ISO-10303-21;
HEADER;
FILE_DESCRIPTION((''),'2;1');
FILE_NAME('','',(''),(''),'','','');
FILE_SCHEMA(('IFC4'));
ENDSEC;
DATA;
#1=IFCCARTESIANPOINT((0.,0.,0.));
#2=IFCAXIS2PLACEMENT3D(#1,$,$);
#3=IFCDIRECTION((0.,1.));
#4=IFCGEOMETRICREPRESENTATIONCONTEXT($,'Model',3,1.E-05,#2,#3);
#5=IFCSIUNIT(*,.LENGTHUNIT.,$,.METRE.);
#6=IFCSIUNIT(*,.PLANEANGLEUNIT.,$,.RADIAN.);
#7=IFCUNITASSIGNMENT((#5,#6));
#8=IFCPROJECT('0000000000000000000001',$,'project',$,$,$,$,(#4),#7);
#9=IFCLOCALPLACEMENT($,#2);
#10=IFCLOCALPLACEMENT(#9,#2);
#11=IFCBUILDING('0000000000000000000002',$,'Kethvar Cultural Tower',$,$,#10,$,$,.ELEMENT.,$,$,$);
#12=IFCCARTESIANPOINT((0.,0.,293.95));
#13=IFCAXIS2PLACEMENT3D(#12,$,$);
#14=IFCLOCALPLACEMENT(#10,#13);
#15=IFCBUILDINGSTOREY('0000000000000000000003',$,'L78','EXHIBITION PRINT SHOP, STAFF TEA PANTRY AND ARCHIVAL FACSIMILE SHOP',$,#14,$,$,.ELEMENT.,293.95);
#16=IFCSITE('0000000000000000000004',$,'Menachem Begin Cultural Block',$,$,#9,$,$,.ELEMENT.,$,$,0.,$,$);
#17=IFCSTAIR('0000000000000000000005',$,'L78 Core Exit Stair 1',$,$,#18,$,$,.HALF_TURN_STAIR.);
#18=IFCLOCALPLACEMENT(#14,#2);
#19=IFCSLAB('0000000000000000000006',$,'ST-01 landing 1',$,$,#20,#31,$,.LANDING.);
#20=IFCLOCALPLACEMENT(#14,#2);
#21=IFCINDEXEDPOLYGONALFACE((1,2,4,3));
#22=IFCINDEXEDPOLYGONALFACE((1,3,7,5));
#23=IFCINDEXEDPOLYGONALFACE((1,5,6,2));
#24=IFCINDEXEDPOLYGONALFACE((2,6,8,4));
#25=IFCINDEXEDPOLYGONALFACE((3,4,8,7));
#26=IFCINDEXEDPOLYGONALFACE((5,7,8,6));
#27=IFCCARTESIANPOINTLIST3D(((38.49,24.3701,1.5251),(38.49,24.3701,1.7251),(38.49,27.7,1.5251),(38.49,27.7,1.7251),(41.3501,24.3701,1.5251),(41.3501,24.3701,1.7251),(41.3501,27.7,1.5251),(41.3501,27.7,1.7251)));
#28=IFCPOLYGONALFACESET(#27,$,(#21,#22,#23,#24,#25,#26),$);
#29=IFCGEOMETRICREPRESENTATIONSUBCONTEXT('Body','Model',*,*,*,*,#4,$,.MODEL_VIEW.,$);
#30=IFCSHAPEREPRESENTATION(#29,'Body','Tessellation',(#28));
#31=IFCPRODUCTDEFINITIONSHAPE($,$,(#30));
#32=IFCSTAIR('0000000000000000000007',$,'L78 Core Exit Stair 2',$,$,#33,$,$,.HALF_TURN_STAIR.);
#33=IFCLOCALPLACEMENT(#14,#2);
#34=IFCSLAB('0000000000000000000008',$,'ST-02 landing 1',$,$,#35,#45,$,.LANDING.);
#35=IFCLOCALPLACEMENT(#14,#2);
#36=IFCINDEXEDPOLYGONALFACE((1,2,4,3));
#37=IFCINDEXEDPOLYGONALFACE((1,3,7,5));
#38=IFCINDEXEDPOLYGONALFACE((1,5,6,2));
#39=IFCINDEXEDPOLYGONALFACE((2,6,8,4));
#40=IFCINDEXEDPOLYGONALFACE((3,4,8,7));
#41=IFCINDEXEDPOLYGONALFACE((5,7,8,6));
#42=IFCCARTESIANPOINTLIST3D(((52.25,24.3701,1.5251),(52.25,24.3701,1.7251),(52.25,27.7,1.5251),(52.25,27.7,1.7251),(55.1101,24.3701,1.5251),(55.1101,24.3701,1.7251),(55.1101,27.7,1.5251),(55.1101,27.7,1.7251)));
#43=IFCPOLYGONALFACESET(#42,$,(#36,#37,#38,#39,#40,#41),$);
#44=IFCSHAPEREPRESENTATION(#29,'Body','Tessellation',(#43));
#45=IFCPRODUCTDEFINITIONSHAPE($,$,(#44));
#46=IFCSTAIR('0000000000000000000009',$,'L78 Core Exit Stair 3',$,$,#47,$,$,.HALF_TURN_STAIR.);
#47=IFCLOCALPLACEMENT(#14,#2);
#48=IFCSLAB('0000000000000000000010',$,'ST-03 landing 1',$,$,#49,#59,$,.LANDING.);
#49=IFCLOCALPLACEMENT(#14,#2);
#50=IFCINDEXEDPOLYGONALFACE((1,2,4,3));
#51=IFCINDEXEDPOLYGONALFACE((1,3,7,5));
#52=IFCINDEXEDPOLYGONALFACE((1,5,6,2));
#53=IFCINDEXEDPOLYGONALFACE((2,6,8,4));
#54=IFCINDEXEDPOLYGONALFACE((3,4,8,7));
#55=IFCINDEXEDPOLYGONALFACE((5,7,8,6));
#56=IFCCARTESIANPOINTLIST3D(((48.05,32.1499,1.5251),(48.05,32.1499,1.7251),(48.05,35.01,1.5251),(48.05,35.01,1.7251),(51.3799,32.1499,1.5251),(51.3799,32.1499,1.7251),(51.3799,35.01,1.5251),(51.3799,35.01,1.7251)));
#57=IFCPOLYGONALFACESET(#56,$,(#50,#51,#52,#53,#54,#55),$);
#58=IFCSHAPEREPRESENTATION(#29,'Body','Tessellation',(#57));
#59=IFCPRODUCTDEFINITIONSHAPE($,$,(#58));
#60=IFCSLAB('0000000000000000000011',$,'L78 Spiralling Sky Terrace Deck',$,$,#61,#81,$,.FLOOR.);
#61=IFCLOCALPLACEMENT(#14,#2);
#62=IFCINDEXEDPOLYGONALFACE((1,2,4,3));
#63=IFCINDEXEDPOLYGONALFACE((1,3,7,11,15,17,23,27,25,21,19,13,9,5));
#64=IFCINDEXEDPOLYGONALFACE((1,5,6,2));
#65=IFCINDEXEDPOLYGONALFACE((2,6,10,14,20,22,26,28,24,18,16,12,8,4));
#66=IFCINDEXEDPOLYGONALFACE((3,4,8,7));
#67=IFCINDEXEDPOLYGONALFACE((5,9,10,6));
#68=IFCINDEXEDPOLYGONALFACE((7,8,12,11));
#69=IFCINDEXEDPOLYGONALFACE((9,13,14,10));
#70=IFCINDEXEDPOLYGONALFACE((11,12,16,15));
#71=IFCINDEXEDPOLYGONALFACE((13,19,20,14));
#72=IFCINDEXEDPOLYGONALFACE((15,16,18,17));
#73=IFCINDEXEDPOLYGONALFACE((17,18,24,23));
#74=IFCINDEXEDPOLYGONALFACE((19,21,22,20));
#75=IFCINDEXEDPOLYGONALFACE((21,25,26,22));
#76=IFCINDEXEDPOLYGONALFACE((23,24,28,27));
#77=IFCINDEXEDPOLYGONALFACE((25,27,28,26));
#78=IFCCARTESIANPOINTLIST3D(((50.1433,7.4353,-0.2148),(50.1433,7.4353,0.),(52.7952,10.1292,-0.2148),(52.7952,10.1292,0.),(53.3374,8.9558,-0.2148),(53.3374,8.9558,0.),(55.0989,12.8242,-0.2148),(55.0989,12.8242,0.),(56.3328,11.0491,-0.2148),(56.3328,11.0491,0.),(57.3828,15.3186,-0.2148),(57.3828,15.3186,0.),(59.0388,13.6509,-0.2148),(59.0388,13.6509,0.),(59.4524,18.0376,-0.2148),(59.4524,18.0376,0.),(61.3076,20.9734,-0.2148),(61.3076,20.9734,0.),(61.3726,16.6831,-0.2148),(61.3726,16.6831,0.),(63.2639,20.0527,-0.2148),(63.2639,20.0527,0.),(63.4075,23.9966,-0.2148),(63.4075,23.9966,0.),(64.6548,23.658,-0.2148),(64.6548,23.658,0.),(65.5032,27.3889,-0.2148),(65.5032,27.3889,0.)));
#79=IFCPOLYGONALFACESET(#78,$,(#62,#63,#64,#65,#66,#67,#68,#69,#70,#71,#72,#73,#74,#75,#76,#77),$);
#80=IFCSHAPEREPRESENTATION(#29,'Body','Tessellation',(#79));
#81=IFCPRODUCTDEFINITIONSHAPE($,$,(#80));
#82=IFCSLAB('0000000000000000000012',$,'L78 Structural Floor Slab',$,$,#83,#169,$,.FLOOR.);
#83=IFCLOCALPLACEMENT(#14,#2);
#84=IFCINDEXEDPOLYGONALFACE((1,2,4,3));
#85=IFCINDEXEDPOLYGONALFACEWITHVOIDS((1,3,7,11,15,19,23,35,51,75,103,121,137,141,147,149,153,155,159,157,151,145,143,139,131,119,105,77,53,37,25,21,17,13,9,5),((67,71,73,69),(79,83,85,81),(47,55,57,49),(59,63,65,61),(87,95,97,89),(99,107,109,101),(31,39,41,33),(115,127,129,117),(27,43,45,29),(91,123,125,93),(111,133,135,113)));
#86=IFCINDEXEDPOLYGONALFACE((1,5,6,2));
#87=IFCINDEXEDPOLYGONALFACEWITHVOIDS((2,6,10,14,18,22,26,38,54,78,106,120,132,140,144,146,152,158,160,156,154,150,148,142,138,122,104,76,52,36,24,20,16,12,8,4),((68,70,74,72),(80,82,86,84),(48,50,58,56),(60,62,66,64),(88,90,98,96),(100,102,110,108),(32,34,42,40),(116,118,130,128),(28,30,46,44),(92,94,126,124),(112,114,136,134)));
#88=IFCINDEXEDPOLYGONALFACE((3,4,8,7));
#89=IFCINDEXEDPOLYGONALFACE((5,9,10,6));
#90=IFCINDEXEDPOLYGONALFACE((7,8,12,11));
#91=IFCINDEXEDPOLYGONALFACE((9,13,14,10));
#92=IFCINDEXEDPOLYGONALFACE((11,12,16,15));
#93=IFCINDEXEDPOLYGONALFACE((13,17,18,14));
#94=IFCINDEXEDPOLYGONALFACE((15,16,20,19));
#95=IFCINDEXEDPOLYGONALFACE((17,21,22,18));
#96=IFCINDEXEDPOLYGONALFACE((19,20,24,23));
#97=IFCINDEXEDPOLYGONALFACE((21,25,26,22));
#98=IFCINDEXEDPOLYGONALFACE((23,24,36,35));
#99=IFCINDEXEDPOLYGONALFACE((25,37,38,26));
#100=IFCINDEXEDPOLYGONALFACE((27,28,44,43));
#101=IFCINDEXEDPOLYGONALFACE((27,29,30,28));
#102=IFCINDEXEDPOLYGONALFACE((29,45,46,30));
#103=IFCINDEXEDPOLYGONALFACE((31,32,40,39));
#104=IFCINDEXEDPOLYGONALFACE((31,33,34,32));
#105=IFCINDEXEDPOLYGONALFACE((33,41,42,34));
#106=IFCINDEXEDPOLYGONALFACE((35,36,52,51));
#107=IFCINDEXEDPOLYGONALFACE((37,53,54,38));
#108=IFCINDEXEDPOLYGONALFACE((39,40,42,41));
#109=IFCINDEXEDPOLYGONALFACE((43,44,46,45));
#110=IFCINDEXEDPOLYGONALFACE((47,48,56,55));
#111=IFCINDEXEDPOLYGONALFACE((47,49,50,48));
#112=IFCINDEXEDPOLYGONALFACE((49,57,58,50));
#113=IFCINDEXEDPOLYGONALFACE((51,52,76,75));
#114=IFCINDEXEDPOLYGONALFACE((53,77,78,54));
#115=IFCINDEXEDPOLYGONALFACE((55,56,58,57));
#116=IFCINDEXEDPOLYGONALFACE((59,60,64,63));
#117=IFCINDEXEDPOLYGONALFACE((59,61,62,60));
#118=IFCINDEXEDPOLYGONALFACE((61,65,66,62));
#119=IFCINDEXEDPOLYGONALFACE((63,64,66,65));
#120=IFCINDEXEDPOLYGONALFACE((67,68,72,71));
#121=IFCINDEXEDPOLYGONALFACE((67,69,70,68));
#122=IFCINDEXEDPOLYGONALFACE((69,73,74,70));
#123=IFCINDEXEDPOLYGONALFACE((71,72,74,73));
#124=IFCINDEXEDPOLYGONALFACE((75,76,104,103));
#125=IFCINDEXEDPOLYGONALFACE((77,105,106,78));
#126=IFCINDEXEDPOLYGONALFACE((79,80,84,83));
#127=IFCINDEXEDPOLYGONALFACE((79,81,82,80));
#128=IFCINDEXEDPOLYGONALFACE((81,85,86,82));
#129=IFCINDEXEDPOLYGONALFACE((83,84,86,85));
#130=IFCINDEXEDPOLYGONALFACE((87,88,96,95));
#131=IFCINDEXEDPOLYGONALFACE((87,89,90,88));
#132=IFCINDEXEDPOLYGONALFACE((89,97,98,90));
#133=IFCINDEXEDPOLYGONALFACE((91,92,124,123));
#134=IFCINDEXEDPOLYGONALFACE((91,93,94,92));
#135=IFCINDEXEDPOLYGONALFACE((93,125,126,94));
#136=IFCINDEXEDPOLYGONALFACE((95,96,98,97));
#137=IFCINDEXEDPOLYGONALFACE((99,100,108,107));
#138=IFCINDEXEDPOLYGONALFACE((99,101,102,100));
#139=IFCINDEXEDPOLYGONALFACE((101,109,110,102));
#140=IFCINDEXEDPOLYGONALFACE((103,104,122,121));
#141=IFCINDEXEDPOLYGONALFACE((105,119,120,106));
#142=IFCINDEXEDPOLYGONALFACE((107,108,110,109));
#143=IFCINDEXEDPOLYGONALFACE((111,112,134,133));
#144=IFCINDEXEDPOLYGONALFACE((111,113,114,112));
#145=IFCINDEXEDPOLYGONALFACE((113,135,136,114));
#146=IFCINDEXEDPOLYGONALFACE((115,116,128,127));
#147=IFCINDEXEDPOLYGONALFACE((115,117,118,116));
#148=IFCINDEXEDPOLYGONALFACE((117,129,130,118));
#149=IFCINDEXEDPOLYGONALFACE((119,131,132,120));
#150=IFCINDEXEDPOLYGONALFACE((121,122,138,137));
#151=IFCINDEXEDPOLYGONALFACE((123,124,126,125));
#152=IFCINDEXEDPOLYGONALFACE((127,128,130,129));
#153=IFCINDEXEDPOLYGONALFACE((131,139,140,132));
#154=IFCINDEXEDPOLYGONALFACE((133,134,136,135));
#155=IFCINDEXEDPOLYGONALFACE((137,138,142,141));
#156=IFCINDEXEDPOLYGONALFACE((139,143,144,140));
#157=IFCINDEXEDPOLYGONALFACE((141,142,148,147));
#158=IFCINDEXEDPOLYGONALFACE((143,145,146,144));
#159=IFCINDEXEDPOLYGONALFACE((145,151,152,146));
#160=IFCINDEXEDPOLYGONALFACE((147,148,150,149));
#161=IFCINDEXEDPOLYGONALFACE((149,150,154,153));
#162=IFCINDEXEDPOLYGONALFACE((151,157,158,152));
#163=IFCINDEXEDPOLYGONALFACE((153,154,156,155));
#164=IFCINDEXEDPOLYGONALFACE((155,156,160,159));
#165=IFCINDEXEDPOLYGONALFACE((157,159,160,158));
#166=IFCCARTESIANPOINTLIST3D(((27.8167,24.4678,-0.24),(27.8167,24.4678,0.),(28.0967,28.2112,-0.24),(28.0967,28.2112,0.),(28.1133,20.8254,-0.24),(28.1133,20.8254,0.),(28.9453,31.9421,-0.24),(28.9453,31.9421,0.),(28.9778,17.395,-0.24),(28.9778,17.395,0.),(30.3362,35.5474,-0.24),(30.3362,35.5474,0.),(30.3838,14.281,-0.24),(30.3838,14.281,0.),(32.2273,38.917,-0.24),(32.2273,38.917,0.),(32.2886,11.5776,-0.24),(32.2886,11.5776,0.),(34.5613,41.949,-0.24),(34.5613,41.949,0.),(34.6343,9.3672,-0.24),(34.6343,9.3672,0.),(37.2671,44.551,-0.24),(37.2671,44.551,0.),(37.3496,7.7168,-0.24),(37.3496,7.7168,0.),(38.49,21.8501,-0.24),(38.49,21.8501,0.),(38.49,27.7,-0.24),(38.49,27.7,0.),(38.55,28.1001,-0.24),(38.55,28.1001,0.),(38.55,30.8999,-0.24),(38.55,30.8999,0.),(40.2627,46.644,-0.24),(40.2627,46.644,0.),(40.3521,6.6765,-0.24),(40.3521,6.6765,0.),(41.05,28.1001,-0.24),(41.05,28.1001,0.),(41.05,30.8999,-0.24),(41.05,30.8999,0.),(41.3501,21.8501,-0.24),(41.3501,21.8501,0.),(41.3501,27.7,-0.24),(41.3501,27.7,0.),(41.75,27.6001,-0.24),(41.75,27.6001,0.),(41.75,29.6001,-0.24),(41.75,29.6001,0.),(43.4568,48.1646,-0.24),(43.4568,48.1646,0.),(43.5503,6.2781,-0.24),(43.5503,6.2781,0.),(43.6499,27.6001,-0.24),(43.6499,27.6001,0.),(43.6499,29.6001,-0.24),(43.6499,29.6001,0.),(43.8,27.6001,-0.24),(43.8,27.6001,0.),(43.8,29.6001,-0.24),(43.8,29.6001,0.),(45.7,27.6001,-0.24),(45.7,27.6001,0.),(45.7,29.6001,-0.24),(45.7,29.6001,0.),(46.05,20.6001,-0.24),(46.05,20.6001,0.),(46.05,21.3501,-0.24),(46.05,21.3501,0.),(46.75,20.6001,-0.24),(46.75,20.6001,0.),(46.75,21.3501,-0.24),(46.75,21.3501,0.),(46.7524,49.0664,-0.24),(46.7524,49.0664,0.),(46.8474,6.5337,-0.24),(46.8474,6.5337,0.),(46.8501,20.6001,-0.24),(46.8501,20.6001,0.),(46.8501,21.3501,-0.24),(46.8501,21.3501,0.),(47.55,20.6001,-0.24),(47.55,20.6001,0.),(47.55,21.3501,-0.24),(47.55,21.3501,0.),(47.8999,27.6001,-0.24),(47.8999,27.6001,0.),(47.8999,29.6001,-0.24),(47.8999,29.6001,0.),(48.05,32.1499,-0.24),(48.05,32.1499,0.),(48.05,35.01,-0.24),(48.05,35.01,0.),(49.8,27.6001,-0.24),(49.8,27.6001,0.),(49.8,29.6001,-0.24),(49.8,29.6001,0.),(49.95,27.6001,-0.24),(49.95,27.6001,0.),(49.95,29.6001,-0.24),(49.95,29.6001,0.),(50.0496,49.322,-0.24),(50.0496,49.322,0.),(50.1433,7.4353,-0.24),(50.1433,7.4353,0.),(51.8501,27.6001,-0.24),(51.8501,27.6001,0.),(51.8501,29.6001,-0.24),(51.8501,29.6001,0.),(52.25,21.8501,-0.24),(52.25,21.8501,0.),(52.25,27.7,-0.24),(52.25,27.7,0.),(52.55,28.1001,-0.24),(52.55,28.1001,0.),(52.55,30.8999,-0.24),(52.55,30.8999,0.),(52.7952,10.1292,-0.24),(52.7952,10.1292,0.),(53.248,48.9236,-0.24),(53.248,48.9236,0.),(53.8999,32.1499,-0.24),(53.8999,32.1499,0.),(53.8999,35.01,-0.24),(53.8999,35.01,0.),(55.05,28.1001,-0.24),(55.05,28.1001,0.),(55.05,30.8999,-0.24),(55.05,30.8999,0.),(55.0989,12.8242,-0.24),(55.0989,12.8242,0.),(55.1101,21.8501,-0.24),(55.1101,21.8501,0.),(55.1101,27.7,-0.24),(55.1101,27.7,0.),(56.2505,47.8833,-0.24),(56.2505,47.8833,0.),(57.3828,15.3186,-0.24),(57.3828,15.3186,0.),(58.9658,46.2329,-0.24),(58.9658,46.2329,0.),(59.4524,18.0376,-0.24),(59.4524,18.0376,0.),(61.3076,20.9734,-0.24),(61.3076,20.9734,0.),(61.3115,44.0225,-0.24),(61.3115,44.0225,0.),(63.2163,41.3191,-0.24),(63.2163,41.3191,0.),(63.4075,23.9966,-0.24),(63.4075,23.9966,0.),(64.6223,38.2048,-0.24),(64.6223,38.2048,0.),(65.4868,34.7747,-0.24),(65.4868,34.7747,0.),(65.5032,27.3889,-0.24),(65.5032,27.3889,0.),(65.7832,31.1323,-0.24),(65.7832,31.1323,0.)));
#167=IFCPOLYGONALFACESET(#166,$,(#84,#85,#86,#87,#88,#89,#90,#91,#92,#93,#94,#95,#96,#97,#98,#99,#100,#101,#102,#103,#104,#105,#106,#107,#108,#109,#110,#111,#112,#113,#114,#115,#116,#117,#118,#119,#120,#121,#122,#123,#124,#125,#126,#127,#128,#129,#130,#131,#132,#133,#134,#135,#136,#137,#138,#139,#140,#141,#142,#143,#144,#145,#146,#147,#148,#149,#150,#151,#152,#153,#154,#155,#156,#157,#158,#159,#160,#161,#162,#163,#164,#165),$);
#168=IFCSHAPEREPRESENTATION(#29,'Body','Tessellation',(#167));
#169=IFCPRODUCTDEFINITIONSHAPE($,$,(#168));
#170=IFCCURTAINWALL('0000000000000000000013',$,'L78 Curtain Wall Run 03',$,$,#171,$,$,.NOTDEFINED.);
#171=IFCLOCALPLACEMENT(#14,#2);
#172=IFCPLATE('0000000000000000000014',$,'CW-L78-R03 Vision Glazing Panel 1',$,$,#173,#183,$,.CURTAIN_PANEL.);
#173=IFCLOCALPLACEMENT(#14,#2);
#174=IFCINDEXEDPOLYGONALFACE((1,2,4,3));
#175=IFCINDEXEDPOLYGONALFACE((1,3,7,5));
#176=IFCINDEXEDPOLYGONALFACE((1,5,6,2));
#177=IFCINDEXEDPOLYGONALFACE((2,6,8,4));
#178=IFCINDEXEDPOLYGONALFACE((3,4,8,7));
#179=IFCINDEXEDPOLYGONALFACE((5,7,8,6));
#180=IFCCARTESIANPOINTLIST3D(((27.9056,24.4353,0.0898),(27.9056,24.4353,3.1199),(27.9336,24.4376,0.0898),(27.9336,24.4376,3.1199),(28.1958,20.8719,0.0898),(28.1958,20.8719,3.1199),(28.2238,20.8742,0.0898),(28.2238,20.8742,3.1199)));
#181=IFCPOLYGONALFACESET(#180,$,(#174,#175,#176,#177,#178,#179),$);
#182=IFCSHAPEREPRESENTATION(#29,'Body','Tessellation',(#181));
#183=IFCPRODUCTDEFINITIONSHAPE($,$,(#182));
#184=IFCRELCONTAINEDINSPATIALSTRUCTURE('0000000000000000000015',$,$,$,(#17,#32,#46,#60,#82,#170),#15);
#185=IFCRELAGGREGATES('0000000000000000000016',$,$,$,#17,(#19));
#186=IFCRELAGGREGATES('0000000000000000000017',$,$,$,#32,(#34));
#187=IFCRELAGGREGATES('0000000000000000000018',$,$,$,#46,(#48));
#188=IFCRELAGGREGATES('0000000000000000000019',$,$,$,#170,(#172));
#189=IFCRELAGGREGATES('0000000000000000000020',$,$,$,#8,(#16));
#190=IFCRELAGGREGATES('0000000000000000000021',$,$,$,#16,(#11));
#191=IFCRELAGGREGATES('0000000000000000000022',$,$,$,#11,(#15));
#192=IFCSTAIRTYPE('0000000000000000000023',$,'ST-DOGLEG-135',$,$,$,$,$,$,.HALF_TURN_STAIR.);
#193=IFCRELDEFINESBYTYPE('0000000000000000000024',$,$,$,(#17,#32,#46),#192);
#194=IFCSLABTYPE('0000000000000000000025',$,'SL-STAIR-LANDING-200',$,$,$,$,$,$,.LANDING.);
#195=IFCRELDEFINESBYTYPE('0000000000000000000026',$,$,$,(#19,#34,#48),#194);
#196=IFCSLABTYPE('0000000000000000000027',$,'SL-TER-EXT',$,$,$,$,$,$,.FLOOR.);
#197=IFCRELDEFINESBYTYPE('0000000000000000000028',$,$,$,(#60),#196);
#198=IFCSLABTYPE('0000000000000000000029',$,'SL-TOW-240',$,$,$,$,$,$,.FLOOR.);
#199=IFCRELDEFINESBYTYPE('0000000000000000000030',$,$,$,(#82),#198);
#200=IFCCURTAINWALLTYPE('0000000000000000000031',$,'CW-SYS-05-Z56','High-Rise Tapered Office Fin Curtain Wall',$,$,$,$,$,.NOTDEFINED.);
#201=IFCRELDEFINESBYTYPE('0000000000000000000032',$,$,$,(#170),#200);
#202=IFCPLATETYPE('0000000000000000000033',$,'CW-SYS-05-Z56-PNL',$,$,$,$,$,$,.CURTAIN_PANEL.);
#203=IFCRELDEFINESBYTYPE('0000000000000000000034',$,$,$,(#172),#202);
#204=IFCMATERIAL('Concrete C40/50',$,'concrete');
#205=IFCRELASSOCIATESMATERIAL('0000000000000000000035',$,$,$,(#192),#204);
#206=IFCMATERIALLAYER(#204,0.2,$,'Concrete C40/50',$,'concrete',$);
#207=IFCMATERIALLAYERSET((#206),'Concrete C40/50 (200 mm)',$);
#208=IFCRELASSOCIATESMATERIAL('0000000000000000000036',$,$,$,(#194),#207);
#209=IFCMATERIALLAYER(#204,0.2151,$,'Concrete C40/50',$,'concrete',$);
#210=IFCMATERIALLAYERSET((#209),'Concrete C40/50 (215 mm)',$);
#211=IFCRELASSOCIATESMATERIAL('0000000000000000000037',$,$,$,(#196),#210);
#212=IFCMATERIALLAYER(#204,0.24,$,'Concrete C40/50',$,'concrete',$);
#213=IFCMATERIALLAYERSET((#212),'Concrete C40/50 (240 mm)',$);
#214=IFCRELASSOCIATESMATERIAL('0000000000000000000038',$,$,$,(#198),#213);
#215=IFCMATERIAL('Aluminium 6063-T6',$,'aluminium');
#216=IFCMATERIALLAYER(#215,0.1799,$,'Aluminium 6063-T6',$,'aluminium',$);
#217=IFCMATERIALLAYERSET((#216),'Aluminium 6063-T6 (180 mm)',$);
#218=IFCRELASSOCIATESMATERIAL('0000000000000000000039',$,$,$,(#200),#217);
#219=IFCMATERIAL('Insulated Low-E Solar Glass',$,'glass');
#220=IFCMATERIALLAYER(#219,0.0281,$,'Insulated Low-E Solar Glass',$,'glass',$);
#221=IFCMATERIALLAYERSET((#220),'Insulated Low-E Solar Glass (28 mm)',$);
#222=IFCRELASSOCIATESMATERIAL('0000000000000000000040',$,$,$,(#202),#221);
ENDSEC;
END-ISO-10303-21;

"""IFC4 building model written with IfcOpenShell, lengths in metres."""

from ifc_helpers import new_model, si_unit, direction, frame, origin, origin_2d, place, context, subcontext, project, spatial, polyline, rectangle, outline, extrude, source, transform, mapped, material, layer, layer_set, type_object, element, aggregate, save


model = new_model("IFC4")

# Units and contexts
model_context = context("Model", 3, precision=1e-05, world=origin(), true_north=direction((0.0, 1.0)))
body_context = subcontext(model_context, "Body", "Model", "MODEL_VIEW")
ifc_project = project(units=[si_unit("LENGTHUNIT", "METRE"), si_unit("PLANEANGLEUNIT", "RADIAN")], contexts=[model_context])

# Site, building, storey
site_placement = place(None, origin())
site = spatial("IfcSite", under=ifc_project, at=site_placement, Name="Menachem Begin Cultural Block", CompositionType="ELEMENT", RefElevation=0.0)
building_placement = place(site_placement, origin())
building = spatial("IfcBuilding", under=site, at=building_placement, Name="Kethvar Cultural Tower", CompositionType="ELEMENT")
storey_placement = place(building_placement, frame((0.0, 0.0, 293.95)))
storey = spatial("IfcBuildingStorey", under=building, at=storey_placement, Name="L78", Description="EXHIBITION PRINT SHOP, STAFF TEA PANTRY AND ARCHIVAL FACSIMILE SHOP", CompositionType="ELEMENT", Elevation=293.95)

# Stairs, slabs
ifc_material_1 = material(Name="Concrete C40/50", Category="concrete")
stair_type = type_object("IfcStairType", Name="ST-DOGLEG-135", PredefinedType="HALF_TURN_STAIR", material=ifc_material_1)
stair_1_placement = place(storey_placement, origin())
stair_1 = element("IfcStair", 1, at=stair_1_placement, inside=storey, type_object=stair_type, Name="L78 Core Exit Stair 1", PredefinedType="HALF_TURN_STAIR")
ifc_layer_1 = layer(ifc_material_1, 0.2, Name="Concrete C40/50", Category="concrete")
ifc_layer_set_1 = layer_set([ifc_layer_1], Name="Concrete C40/50 (200 mm)")
slab_type_1 = type_object("IfcSlabType", Name="SL-STAIR-LANDING-200", PredefinedType="LANDING", material=ifc_layer_set_1)
slab_1_placement = place(storey_placement, frame((0.0, 0.0, 1.5251)))
slab_1 = element("IfcSlab", 2, at=slab_1_placement, type_object=slab_type_1, Name="ST-01 landing 1", PredefinedType="LANDING", context=body_context, shape_type="SweptSolid", body=[
    extrude(outline(polyline([(41.3501, 24.3701), (41.3501, 27.7), (38.49, 27.7), (38.49, 24.3701), (41.3501, 24.3701)])), origin(), (0.0, 0.0, 1.0), 0.2),
])
aggregate(stair_1, [slab_1])
stair_2_placement = place(storey_placement, origin())
stair_2 = element("IfcStair", 3, at=stair_2_placement, inside=storey, type_object=stair_type, Name="L78 Core Exit Stair 2", PredefinedType="HALF_TURN_STAIR")
slab_2_placement = place(storey_placement, frame((0.0, 0.0, 1.5251)))
slab_2 = element("IfcSlab", 4, at=slab_2_placement, type_object=slab_type_1, Name="ST-02 landing 1", PredefinedType="LANDING", context=body_context, shape_type="SweptSolid", body=[
    extrude(outline(polyline([(55.1101, 24.3701), (55.1101, 27.7), (52.25, 27.7), (52.25, 24.3701), (55.1101, 24.3701)])), origin(), (0.0, 0.0, 1.0), 0.2),
])
aggregate(stair_2, [slab_2])
stair_3_placement = place(storey_placement, origin())
stair_3 = element("IfcStair", 5, at=stair_3_placement, inside=storey, type_object=stair_type, Name="L78 Core Exit Stair 3", PredefinedType="HALF_TURN_STAIR")
slab_3_placement = place(storey_placement, frame((0.0, 0.0, 1.5251)))
slab_3 = element("IfcSlab", 6, at=slab_3_placement, type_object=slab_type_1, Name="ST-03 landing 1", PredefinedType="LANDING", context=body_context, shape_type="SweptSolid", body=[
    extrude(outline(polyline([(51.3799, 35.01), (48.05, 35.01), (48.05, 32.1499), (51.3799, 32.1499), (51.3799, 35.01)])), origin(), (0.0, 0.0, 1.0), 0.2),
])
aggregate(stair_3, [slab_3])

# Slabs
ifc_layer_2 = layer(ifc_material_1, 0.2151, Name="Concrete C40/50", Category="concrete")
ifc_layer_set_2 = layer_set([ifc_layer_2], Name="Concrete C40/50 (215 mm)")
slab_type_2 = type_object("IfcSlabType", Name="SL-TER-EXT", PredefinedType="FLOOR", material=ifc_layer_set_2)
slab_4_placement = place(storey_placement, frame((0.0, 0.0, -0.2148)))
element("IfcSlab", 7, at=slab_4_placement, inside=storey, type_object=slab_type_2, Name="L78 Spiralling Sky Terrace Deck", PredefinedType="FLOOR", context=body_context, shape_type="SweptSolid", body=[
    extrude(outline(polyline([(50.1433, 7.4353), (53.3374, 8.9558), (56.3328, 11.0491), (59.0388, 13.6509), (61.3726, 16.6831), (63.2639, 20.0527), (64.6548, 23.658), (65.5032, 27.3889), (63.4075, 23.9966), (61.3076, 20.9734), (59.4524, 18.0376), (57.3828, 15.3186), (55.0989, 12.8242), (52.7952, 10.1292), (50.1433, 7.4353)])), origin(), (0.0, 0.0, 1.0), 0.2148),
])
ifc_layer_3 = layer(ifc_material_1, 0.24, Name="Concrete C40/50", Category="concrete")
ifc_layer_set_3 = layer_set([ifc_layer_3], Name="Concrete C40/50 (240 mm)")
slab_type_3 = type_object("IfcSlabType", Name="SL-TOW-240", PredefinedType="FLOOR", material=ifc_layer_set_3)
slab_5_placement = place(storey_placement, frame((0.0, 0.0, -0.24)))
element("IfcSlab", 8, at=slab_5_placement, inside=storey, type_object=slab_type_3, Name="L78 Structural Floor Slab", PredefinedType="FLOOR", context=body_context, shape_type="SweptSolid", body=[
    extrude(outline(polyline([(56.2505, 47.8833), (53.248, 48.9236), (50.0496, 49.322), (46.7524, 49.0664), (43.4568, 48.1646), (40.2627, 46.644), (37.2671, 44.551), (34.5613, 41.949), (32.2273, 38.917), (30.3362, 35.5474), (28.9453, 31.9421), (28.0967, 28.2112), (27.8167, 24.4678), (28.1133, 20.8254), (28.9778, 17.395), (30.3838, 14.281), (32.2886, 11.5776), (34.6343, 9.3672), (37.3496, 7.7168), (40.3521, 6.6765), (43.5503, 6.2781), (46.8474, 6.5337), (50.1433, 7.4353), (52.7952, 10.1292), (55.0989, 12.8242), (57.3828, 15.3186), (59.4524, 18.0376), (61.3076, 20.9734), (63.4075, 23.9966), (65.5032, 27.3889), (65.7832, 31.1323), (65.4868, 34.7747), (64.6223, 38.2048), (63.2163, 41.3191), (61.3115, 44.0225), (58.9658, 46.2329), (56.2505, 47.8833)]), holes=[polyline([(38.49, 21.8501), (38.49, 27.7), (41.3501, 27.7), (41.3501, 21.8501), (38.49, 21.8501)]), polyline([(52.25, 21.8501), (52.25, 27.7), (55.1101, 27.7), (55.1101, 21.8501), (52.25, 21.8501)]), polyline([(53.8999, 32.1499), (48.05, 32.1499), (48.05, 35.01), (53.8999, 35.01), (53.8999, 32.1499)]), polyline([(41.75, 29.6001), (43.6499, 29.6001), (43.6499, 27.6001), (41.75, 27.6001), (41.75, 29.6001)]), polyline([(43.8, 29.6001), (45.7, 29.6001), (45.7, 27.6001), (43.8, 27.6001), (43.8, 29.6001)]), polyline([(47.8999, 29.6001), (49.8, 29.6001), (49.8, 27.6001), (47.8999, 27.6001), (47.8999, 29.6001)]), polyline([(49.95, 29.6001), (51.8501, 29.6001), (51.8501, 27.6001), (49.95, 27.6001), (49.95, 29.6001)]), polyline([(38.55, 30.8999), (41.05, 30.8999), (41.05, 28.1001), (38.55, 28.1001), (38.55, 30.8999)]), polyline([(52.55, 30.8999), (55.05, 30.8999), (55.05, 28.1001), (52.55, 28.1001), (52.55, 30.8999)]), polyline([(46.05, 21.3501), (46.75, 21.3501), (46.75, 20.6001), (46.05, 20.6001), (46.05, 21.3501)]), polyline([(46.8501, 21.3501), (47.55, 21.3501), (47.55, 20.6001), (46.8501, 20.6001), (46.8501, 21.3501)])]), origin(), (0.0, 0.0, 1.0), 0.24),
])

# Curtain wall, plate
ifc_material_2 = material(Name="Aluminium 6063-T6", Category="aluminium")
ifc_layer_4 = layer(ifc_material_2, 0.1799, Name="Aluminium 6063-T6", Category="aluminium")
ifc_layer_set_4 = layer_set([ifc_layer_4], Name="Aluminium 6063-T6 (180 mm)")
curtain_wall_type = type_object("IfcCurtainWallType", Name="CW-SYS-05-Z56", Description="High-Rise Tapered Office Fin Curtain Wall", PredefinedType="NOTDEFINED", material=ifc_layer_set_4)
curtain_wall_placement = place(storey_placement, origin())
curtain_wall = element("IfcCurtainWall", 9, at=curtain_wall_placement, inside=storey, type_object=curtain_wall_type, Name="L78 Curtain Wall Run 03", PredefinedType="NOTDEFINED")
ifc_material_3 = material(Name="Insulated Low-E Solar Glass", Category="glass")
ifc_layer_5 = layer(ifc_material_3, 0.0281, Name="Insulated Low-E Solar Glass", Category="glass")
ifc_layer_set_5 = layer_set([ifc_layer_5], Name="Insulated Low-E Solar Glass (28 mm)")
plate_type = type_object("IfcPlateType", Name="CW-SYS-05-Z56-PNL", PredefinedType="CURTAIN_PANEL", material=ifc_layer_set_5)
shared_shape_1 = source(origin(), body_context, "Body", "SweptSolid", [
    extrude(rectangle(XDim=3.5752, YDim=0.0281, at=origin_2d()), origin(), (0.0, 0.0, 1.0), 3.03),
])
plate_placement = place(storey_placement, frame((28.0647, 22.6548, 0.0898), z_axis=(0.0, 0.0, 1.0), x_axis=(0.081156, -0.996701, 0.0)))
plate = element("IfcPlate", 10, at=plate_placement, type_object=plate_type, Name="CW-L78-R03 Vision Glazing Panel 1", PredefinedType="CURTAIN_PANEL", context=body_context, shape_type="MappedRepresentation", body=[
    mapped(shared_shape_1, transform((0.0, 0.0, 0.0), scale=1.0)),
])
aggregate(curtain_wall, [plate])

save(model, "model.ifc")
